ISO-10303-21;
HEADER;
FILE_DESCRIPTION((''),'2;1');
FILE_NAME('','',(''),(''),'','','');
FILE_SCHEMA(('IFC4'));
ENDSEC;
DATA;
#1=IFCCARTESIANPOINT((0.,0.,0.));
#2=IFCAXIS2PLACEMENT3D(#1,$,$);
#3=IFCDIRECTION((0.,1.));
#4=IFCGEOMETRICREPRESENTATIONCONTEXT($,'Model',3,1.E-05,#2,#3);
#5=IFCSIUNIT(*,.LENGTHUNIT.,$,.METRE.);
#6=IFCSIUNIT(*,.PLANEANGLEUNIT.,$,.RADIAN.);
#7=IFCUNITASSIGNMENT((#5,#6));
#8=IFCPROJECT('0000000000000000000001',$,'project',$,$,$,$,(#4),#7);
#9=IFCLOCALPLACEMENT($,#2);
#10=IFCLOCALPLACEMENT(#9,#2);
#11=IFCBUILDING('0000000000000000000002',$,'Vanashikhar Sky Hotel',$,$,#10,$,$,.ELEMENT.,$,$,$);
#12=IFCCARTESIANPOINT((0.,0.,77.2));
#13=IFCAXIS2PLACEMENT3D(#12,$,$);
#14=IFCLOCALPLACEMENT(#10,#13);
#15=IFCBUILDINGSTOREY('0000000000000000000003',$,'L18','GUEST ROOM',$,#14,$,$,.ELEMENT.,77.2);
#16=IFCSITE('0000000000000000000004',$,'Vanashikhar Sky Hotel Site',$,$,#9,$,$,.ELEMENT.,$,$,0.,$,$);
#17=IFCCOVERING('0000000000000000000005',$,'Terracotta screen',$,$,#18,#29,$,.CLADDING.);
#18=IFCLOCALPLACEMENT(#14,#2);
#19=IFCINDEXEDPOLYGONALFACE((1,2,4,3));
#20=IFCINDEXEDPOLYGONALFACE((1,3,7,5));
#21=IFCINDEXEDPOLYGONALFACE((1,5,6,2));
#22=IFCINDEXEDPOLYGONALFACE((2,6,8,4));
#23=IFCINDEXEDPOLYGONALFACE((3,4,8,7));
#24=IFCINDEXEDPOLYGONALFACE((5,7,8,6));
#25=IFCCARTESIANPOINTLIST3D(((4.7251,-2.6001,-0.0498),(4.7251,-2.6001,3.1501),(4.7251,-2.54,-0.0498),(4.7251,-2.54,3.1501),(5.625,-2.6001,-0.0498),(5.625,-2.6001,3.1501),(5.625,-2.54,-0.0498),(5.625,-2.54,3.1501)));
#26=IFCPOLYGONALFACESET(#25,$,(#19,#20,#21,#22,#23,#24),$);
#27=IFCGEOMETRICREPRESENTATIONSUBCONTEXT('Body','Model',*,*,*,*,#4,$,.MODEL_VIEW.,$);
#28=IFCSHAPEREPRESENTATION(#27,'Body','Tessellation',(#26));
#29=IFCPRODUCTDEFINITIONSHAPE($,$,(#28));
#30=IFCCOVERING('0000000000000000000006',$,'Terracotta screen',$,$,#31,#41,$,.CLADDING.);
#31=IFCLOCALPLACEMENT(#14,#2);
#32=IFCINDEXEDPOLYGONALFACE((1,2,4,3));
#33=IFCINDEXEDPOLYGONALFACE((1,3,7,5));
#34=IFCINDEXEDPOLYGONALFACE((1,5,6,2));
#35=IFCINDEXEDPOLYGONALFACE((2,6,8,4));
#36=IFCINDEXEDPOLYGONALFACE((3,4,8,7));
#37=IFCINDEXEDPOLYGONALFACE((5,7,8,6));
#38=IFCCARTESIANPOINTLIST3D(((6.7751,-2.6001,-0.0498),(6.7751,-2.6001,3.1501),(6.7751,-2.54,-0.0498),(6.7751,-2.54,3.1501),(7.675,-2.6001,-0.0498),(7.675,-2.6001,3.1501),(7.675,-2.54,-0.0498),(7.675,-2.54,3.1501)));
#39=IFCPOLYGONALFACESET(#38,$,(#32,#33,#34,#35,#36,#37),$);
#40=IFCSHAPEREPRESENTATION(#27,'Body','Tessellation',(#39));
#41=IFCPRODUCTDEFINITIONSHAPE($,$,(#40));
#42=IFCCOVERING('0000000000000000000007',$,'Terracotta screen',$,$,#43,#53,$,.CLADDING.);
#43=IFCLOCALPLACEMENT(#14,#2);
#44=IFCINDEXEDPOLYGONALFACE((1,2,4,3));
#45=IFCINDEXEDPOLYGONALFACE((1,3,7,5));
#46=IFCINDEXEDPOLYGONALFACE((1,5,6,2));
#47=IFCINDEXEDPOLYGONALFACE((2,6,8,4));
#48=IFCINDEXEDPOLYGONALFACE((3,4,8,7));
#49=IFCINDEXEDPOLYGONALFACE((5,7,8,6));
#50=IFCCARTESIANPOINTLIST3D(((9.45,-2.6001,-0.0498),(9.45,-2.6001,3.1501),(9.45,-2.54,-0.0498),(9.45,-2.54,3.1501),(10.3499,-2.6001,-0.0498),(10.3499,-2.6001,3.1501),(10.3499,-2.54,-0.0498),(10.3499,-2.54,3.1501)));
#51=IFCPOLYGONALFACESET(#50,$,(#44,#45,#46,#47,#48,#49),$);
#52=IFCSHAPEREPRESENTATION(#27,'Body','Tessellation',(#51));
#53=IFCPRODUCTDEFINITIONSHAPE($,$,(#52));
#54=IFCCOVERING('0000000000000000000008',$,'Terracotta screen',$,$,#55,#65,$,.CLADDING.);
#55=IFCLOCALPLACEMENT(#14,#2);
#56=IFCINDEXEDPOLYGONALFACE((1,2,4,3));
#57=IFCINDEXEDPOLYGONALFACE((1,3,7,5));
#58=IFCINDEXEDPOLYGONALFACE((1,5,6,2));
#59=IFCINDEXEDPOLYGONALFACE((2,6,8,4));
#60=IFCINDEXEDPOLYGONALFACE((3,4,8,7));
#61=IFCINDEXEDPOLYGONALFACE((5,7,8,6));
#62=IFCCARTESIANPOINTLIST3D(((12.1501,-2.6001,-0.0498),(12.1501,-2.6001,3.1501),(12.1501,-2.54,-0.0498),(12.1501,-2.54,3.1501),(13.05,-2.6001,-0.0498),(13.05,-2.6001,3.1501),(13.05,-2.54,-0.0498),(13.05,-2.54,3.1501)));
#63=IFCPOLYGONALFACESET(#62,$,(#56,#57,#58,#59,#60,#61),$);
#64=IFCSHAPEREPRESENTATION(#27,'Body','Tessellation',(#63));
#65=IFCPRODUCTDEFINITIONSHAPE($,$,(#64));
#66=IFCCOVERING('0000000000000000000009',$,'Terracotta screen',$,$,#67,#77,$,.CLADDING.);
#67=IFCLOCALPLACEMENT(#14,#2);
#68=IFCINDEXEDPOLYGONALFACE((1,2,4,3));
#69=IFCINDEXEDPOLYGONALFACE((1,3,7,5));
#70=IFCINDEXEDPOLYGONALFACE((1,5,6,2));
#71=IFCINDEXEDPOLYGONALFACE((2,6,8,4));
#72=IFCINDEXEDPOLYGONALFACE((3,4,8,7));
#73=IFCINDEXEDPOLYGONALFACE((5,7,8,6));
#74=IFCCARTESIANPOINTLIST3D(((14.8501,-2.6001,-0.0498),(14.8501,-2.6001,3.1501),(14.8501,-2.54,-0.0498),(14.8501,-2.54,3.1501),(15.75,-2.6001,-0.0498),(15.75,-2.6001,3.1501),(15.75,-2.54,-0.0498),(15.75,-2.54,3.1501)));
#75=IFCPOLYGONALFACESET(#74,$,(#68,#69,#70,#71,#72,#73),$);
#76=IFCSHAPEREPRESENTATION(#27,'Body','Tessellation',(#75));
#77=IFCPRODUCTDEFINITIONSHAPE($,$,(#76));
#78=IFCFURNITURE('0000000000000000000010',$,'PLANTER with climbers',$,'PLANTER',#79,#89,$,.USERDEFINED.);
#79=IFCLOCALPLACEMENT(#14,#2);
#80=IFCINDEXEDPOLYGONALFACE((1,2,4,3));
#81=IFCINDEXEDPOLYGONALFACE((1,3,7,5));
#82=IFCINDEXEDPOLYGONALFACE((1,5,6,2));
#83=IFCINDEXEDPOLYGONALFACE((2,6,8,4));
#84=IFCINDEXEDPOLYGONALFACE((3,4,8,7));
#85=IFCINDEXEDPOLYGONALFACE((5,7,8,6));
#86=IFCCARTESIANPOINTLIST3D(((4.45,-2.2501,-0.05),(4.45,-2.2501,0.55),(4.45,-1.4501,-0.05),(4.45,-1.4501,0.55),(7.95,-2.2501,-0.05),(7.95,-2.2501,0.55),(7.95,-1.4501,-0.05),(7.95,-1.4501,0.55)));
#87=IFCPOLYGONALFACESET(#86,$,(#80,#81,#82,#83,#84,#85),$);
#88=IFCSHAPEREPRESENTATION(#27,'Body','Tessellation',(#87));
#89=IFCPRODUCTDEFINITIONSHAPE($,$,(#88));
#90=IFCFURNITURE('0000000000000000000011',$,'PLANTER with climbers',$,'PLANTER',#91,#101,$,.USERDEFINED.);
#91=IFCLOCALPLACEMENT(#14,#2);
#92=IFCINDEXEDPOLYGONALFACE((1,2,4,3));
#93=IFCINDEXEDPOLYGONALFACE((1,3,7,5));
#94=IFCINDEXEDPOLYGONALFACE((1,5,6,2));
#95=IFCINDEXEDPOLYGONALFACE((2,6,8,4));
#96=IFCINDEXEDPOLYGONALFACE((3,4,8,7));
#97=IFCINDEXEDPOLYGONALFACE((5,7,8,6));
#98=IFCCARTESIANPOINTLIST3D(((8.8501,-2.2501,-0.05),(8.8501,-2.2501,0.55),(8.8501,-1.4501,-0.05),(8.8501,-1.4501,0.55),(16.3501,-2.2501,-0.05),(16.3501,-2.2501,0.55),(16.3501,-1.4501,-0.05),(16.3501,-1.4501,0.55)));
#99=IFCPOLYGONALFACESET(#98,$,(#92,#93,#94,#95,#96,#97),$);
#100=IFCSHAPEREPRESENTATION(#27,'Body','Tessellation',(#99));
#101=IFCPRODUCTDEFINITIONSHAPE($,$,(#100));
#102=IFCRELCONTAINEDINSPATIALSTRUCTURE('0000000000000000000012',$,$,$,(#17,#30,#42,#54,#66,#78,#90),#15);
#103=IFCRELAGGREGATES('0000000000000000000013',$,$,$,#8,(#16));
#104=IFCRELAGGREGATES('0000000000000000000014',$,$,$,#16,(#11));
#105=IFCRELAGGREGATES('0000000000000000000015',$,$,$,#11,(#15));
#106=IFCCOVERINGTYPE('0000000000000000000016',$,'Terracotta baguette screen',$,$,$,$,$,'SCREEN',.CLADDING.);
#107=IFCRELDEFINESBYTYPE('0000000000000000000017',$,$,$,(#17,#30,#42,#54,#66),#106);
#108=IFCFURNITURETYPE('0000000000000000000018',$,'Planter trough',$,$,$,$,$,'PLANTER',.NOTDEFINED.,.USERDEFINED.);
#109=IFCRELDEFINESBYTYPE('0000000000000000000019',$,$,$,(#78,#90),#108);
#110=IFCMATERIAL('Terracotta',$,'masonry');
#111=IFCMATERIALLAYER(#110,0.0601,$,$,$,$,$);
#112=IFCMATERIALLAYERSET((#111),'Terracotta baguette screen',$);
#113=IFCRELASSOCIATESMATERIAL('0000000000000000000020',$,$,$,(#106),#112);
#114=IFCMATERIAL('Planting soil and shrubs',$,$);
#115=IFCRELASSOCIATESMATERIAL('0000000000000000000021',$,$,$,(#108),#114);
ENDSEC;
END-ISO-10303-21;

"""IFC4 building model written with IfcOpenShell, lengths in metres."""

from ifc_helpers import new_model, si_unit, direction, frame, origin, origin_2d, place, context, subcontext, project, spatial, rectangle, extrude, source, transform, mapped, material, layer, layer_set, type_object, element, save


model = new_model("IFC4")

# Units and contexts
model_context = context("Model", 3, precision=1e-05, world=origin(), true_north=direction((0.0, 1.0)))
body_context = subcontext(model_context, "Body", "Model", "MODEL_VIEW")
ifc_project = project(units=[si_unit("LENGTHUNIT", "METRE"), si_unit("PLANEANGLEUNIT", "RADIAN")], contexts=[model_context])

# Site, building, storey
site_placement = place(None, origin())
site = spatial("IfcSite", under=ifc_project, at=site_placement, Name="Vanashikhar Sky Hotel Site", CompositionType="ELEMENT", RefElevation=0.0)
building_placement = place(site_placement, origin())
building = spatial("IfcBuilding", under=site, at=building_placement, Name="Vanashikhar Sky Hotel", CompositionType="ELEMENT")
storey_placement = place(building_placement, frame((0.0, 0.0, 77.2)))
storey = spatial("IfcBuildingStorey", under=building, at=storey_placement, Name="L18", Description="GUEST ROOM", CompositionType="ELEMENT", Elevation=77.2)

# Coverings
ifc_material_1 = material(Name="Terracotta", Category="masonry")
ifc_layer_1 = layer(ifc_material_1, 0.0601)
ifc_layer_set_1 = layer_set([ifc_layer_1], Name="Terracotta baguette screen")
covering_type = type_object("IfcCoveringType", Name="Terracotta baguette screen", ElementType="SCREEN", PredefinedType="CLADDING", material=ifc_layer_set_1)
shared_shape_1 = source(origin(), body_context, "Body", "SweptSolid", [
    extrude(rectangle(XDim=0.8999, YDim=0.0601, at=origin_2d()), origin(), (0.0, 0.0, 1.0), 3.2),
])
for number, where, z_axis, x_axis, name in (
    (1, (5.175, -2.5701, -0.0498), (0.0, 0.0, 1.0), (1.0, 0.0, 0.0), "Terracotta screen"),
    (2, (7.2251, -2.5701, -0.0498), (0.0, 0.0, 1.0), (1.0, 0.0, 0.0), "Terracotta screen"),
    (3, (9.8999, -2.5701, -0.0498), (0.0, 0.0, 1.0), (1.0, 0.0, 0.0), "Terracotta screen"),
    (4, (12.6001, -2.5701, -0.0498), (0.0, 0.0, 1.0), (1.0, 0.0, 0.0), "Terracotta screen"),
    (5, (15.3, -2.5701, -0.0498), (0.0, 0.0, 1.0), (1.0, 0.0, 0.0), "Terracotta screen"),
):
    element("IfcCovering", number, at=place(storey_placement, frame(where, z_axis=z_axis, x_axis=x_axis)), inside=storey, type_object=covering_type, Name=name, PredefinedType="CLADDING", context=body_context, shape_type="MappedRepresentation", body=[
        mapped(shared_shape_1, transform((0.0, 0.0, 0.0), scale=1.0)),
    ])

# Furniture
ifc_material_2 = material(Name="Planting soil and shrubs")
furniture_type = type_object("IfcFurnitureType", Name="Planter trough", ElementType="PLANTER", AssemblyPlace="NOTDEFINED", PredefinedType="USERDEFINED", material=ifc_material_2)
shared_shape_2 = source(origin(), body_context, "Body", "SweptSolid", [
    extrude(rectangle(XDim=3.5, YDim=0.8, at=origin_2d()), origin(), (0.0, 0.0, 1.0), 0.6001),
])
furniture_1_placement = place(storey_placement, frame((6.2, -1.8501, -0.05), z_axis=(0.0, 0.0, 1.0), x_axis=(1.0, 0.0, 0.0)))
element("IfcFurniture", 6, at=furniture_1_placement, inside=storey, type_object=furniture_type, Name="PLANTER with climbers", ObjectType="PLANTER", PredefinedType="USERDEFINED", context=body_context, shape_type="MappedRepresentation", body=[
    mapped(shared_shape_2, transform((0.0, 0.0, 0.0), scale=1.0)),
])
shared_shape_3 = source(origin(), body_context, "Body", "SweptSolid", [
    extrude(rectangle(XDim=7.5, YDim=0.8, at=origin_2d()), origin(), (0.0, 0.0, 1.0), 0.6001),
])
furniture_2_placement = place(storey_placement, frame((12.6001, -1.8501, -0.05), z_axis=(0.0, 0.0, 1.0), x_axis=(1.0, 0.0, 0.0)))
element("IfcFurniture", 7, at=furniture_2_placement, inside=storey, type_object=furniture_type, Name="PLANTER with climbers", ObjectType="PLANTER", PredefinedType="USERDEFINED", context=body_context, shape_type="MappedRepresentation", body=[
    mapped(shared_shape_3, transform((0.0, 0.0, 0.0), scale=1.0)),
])

save(model, "model.ifc")
